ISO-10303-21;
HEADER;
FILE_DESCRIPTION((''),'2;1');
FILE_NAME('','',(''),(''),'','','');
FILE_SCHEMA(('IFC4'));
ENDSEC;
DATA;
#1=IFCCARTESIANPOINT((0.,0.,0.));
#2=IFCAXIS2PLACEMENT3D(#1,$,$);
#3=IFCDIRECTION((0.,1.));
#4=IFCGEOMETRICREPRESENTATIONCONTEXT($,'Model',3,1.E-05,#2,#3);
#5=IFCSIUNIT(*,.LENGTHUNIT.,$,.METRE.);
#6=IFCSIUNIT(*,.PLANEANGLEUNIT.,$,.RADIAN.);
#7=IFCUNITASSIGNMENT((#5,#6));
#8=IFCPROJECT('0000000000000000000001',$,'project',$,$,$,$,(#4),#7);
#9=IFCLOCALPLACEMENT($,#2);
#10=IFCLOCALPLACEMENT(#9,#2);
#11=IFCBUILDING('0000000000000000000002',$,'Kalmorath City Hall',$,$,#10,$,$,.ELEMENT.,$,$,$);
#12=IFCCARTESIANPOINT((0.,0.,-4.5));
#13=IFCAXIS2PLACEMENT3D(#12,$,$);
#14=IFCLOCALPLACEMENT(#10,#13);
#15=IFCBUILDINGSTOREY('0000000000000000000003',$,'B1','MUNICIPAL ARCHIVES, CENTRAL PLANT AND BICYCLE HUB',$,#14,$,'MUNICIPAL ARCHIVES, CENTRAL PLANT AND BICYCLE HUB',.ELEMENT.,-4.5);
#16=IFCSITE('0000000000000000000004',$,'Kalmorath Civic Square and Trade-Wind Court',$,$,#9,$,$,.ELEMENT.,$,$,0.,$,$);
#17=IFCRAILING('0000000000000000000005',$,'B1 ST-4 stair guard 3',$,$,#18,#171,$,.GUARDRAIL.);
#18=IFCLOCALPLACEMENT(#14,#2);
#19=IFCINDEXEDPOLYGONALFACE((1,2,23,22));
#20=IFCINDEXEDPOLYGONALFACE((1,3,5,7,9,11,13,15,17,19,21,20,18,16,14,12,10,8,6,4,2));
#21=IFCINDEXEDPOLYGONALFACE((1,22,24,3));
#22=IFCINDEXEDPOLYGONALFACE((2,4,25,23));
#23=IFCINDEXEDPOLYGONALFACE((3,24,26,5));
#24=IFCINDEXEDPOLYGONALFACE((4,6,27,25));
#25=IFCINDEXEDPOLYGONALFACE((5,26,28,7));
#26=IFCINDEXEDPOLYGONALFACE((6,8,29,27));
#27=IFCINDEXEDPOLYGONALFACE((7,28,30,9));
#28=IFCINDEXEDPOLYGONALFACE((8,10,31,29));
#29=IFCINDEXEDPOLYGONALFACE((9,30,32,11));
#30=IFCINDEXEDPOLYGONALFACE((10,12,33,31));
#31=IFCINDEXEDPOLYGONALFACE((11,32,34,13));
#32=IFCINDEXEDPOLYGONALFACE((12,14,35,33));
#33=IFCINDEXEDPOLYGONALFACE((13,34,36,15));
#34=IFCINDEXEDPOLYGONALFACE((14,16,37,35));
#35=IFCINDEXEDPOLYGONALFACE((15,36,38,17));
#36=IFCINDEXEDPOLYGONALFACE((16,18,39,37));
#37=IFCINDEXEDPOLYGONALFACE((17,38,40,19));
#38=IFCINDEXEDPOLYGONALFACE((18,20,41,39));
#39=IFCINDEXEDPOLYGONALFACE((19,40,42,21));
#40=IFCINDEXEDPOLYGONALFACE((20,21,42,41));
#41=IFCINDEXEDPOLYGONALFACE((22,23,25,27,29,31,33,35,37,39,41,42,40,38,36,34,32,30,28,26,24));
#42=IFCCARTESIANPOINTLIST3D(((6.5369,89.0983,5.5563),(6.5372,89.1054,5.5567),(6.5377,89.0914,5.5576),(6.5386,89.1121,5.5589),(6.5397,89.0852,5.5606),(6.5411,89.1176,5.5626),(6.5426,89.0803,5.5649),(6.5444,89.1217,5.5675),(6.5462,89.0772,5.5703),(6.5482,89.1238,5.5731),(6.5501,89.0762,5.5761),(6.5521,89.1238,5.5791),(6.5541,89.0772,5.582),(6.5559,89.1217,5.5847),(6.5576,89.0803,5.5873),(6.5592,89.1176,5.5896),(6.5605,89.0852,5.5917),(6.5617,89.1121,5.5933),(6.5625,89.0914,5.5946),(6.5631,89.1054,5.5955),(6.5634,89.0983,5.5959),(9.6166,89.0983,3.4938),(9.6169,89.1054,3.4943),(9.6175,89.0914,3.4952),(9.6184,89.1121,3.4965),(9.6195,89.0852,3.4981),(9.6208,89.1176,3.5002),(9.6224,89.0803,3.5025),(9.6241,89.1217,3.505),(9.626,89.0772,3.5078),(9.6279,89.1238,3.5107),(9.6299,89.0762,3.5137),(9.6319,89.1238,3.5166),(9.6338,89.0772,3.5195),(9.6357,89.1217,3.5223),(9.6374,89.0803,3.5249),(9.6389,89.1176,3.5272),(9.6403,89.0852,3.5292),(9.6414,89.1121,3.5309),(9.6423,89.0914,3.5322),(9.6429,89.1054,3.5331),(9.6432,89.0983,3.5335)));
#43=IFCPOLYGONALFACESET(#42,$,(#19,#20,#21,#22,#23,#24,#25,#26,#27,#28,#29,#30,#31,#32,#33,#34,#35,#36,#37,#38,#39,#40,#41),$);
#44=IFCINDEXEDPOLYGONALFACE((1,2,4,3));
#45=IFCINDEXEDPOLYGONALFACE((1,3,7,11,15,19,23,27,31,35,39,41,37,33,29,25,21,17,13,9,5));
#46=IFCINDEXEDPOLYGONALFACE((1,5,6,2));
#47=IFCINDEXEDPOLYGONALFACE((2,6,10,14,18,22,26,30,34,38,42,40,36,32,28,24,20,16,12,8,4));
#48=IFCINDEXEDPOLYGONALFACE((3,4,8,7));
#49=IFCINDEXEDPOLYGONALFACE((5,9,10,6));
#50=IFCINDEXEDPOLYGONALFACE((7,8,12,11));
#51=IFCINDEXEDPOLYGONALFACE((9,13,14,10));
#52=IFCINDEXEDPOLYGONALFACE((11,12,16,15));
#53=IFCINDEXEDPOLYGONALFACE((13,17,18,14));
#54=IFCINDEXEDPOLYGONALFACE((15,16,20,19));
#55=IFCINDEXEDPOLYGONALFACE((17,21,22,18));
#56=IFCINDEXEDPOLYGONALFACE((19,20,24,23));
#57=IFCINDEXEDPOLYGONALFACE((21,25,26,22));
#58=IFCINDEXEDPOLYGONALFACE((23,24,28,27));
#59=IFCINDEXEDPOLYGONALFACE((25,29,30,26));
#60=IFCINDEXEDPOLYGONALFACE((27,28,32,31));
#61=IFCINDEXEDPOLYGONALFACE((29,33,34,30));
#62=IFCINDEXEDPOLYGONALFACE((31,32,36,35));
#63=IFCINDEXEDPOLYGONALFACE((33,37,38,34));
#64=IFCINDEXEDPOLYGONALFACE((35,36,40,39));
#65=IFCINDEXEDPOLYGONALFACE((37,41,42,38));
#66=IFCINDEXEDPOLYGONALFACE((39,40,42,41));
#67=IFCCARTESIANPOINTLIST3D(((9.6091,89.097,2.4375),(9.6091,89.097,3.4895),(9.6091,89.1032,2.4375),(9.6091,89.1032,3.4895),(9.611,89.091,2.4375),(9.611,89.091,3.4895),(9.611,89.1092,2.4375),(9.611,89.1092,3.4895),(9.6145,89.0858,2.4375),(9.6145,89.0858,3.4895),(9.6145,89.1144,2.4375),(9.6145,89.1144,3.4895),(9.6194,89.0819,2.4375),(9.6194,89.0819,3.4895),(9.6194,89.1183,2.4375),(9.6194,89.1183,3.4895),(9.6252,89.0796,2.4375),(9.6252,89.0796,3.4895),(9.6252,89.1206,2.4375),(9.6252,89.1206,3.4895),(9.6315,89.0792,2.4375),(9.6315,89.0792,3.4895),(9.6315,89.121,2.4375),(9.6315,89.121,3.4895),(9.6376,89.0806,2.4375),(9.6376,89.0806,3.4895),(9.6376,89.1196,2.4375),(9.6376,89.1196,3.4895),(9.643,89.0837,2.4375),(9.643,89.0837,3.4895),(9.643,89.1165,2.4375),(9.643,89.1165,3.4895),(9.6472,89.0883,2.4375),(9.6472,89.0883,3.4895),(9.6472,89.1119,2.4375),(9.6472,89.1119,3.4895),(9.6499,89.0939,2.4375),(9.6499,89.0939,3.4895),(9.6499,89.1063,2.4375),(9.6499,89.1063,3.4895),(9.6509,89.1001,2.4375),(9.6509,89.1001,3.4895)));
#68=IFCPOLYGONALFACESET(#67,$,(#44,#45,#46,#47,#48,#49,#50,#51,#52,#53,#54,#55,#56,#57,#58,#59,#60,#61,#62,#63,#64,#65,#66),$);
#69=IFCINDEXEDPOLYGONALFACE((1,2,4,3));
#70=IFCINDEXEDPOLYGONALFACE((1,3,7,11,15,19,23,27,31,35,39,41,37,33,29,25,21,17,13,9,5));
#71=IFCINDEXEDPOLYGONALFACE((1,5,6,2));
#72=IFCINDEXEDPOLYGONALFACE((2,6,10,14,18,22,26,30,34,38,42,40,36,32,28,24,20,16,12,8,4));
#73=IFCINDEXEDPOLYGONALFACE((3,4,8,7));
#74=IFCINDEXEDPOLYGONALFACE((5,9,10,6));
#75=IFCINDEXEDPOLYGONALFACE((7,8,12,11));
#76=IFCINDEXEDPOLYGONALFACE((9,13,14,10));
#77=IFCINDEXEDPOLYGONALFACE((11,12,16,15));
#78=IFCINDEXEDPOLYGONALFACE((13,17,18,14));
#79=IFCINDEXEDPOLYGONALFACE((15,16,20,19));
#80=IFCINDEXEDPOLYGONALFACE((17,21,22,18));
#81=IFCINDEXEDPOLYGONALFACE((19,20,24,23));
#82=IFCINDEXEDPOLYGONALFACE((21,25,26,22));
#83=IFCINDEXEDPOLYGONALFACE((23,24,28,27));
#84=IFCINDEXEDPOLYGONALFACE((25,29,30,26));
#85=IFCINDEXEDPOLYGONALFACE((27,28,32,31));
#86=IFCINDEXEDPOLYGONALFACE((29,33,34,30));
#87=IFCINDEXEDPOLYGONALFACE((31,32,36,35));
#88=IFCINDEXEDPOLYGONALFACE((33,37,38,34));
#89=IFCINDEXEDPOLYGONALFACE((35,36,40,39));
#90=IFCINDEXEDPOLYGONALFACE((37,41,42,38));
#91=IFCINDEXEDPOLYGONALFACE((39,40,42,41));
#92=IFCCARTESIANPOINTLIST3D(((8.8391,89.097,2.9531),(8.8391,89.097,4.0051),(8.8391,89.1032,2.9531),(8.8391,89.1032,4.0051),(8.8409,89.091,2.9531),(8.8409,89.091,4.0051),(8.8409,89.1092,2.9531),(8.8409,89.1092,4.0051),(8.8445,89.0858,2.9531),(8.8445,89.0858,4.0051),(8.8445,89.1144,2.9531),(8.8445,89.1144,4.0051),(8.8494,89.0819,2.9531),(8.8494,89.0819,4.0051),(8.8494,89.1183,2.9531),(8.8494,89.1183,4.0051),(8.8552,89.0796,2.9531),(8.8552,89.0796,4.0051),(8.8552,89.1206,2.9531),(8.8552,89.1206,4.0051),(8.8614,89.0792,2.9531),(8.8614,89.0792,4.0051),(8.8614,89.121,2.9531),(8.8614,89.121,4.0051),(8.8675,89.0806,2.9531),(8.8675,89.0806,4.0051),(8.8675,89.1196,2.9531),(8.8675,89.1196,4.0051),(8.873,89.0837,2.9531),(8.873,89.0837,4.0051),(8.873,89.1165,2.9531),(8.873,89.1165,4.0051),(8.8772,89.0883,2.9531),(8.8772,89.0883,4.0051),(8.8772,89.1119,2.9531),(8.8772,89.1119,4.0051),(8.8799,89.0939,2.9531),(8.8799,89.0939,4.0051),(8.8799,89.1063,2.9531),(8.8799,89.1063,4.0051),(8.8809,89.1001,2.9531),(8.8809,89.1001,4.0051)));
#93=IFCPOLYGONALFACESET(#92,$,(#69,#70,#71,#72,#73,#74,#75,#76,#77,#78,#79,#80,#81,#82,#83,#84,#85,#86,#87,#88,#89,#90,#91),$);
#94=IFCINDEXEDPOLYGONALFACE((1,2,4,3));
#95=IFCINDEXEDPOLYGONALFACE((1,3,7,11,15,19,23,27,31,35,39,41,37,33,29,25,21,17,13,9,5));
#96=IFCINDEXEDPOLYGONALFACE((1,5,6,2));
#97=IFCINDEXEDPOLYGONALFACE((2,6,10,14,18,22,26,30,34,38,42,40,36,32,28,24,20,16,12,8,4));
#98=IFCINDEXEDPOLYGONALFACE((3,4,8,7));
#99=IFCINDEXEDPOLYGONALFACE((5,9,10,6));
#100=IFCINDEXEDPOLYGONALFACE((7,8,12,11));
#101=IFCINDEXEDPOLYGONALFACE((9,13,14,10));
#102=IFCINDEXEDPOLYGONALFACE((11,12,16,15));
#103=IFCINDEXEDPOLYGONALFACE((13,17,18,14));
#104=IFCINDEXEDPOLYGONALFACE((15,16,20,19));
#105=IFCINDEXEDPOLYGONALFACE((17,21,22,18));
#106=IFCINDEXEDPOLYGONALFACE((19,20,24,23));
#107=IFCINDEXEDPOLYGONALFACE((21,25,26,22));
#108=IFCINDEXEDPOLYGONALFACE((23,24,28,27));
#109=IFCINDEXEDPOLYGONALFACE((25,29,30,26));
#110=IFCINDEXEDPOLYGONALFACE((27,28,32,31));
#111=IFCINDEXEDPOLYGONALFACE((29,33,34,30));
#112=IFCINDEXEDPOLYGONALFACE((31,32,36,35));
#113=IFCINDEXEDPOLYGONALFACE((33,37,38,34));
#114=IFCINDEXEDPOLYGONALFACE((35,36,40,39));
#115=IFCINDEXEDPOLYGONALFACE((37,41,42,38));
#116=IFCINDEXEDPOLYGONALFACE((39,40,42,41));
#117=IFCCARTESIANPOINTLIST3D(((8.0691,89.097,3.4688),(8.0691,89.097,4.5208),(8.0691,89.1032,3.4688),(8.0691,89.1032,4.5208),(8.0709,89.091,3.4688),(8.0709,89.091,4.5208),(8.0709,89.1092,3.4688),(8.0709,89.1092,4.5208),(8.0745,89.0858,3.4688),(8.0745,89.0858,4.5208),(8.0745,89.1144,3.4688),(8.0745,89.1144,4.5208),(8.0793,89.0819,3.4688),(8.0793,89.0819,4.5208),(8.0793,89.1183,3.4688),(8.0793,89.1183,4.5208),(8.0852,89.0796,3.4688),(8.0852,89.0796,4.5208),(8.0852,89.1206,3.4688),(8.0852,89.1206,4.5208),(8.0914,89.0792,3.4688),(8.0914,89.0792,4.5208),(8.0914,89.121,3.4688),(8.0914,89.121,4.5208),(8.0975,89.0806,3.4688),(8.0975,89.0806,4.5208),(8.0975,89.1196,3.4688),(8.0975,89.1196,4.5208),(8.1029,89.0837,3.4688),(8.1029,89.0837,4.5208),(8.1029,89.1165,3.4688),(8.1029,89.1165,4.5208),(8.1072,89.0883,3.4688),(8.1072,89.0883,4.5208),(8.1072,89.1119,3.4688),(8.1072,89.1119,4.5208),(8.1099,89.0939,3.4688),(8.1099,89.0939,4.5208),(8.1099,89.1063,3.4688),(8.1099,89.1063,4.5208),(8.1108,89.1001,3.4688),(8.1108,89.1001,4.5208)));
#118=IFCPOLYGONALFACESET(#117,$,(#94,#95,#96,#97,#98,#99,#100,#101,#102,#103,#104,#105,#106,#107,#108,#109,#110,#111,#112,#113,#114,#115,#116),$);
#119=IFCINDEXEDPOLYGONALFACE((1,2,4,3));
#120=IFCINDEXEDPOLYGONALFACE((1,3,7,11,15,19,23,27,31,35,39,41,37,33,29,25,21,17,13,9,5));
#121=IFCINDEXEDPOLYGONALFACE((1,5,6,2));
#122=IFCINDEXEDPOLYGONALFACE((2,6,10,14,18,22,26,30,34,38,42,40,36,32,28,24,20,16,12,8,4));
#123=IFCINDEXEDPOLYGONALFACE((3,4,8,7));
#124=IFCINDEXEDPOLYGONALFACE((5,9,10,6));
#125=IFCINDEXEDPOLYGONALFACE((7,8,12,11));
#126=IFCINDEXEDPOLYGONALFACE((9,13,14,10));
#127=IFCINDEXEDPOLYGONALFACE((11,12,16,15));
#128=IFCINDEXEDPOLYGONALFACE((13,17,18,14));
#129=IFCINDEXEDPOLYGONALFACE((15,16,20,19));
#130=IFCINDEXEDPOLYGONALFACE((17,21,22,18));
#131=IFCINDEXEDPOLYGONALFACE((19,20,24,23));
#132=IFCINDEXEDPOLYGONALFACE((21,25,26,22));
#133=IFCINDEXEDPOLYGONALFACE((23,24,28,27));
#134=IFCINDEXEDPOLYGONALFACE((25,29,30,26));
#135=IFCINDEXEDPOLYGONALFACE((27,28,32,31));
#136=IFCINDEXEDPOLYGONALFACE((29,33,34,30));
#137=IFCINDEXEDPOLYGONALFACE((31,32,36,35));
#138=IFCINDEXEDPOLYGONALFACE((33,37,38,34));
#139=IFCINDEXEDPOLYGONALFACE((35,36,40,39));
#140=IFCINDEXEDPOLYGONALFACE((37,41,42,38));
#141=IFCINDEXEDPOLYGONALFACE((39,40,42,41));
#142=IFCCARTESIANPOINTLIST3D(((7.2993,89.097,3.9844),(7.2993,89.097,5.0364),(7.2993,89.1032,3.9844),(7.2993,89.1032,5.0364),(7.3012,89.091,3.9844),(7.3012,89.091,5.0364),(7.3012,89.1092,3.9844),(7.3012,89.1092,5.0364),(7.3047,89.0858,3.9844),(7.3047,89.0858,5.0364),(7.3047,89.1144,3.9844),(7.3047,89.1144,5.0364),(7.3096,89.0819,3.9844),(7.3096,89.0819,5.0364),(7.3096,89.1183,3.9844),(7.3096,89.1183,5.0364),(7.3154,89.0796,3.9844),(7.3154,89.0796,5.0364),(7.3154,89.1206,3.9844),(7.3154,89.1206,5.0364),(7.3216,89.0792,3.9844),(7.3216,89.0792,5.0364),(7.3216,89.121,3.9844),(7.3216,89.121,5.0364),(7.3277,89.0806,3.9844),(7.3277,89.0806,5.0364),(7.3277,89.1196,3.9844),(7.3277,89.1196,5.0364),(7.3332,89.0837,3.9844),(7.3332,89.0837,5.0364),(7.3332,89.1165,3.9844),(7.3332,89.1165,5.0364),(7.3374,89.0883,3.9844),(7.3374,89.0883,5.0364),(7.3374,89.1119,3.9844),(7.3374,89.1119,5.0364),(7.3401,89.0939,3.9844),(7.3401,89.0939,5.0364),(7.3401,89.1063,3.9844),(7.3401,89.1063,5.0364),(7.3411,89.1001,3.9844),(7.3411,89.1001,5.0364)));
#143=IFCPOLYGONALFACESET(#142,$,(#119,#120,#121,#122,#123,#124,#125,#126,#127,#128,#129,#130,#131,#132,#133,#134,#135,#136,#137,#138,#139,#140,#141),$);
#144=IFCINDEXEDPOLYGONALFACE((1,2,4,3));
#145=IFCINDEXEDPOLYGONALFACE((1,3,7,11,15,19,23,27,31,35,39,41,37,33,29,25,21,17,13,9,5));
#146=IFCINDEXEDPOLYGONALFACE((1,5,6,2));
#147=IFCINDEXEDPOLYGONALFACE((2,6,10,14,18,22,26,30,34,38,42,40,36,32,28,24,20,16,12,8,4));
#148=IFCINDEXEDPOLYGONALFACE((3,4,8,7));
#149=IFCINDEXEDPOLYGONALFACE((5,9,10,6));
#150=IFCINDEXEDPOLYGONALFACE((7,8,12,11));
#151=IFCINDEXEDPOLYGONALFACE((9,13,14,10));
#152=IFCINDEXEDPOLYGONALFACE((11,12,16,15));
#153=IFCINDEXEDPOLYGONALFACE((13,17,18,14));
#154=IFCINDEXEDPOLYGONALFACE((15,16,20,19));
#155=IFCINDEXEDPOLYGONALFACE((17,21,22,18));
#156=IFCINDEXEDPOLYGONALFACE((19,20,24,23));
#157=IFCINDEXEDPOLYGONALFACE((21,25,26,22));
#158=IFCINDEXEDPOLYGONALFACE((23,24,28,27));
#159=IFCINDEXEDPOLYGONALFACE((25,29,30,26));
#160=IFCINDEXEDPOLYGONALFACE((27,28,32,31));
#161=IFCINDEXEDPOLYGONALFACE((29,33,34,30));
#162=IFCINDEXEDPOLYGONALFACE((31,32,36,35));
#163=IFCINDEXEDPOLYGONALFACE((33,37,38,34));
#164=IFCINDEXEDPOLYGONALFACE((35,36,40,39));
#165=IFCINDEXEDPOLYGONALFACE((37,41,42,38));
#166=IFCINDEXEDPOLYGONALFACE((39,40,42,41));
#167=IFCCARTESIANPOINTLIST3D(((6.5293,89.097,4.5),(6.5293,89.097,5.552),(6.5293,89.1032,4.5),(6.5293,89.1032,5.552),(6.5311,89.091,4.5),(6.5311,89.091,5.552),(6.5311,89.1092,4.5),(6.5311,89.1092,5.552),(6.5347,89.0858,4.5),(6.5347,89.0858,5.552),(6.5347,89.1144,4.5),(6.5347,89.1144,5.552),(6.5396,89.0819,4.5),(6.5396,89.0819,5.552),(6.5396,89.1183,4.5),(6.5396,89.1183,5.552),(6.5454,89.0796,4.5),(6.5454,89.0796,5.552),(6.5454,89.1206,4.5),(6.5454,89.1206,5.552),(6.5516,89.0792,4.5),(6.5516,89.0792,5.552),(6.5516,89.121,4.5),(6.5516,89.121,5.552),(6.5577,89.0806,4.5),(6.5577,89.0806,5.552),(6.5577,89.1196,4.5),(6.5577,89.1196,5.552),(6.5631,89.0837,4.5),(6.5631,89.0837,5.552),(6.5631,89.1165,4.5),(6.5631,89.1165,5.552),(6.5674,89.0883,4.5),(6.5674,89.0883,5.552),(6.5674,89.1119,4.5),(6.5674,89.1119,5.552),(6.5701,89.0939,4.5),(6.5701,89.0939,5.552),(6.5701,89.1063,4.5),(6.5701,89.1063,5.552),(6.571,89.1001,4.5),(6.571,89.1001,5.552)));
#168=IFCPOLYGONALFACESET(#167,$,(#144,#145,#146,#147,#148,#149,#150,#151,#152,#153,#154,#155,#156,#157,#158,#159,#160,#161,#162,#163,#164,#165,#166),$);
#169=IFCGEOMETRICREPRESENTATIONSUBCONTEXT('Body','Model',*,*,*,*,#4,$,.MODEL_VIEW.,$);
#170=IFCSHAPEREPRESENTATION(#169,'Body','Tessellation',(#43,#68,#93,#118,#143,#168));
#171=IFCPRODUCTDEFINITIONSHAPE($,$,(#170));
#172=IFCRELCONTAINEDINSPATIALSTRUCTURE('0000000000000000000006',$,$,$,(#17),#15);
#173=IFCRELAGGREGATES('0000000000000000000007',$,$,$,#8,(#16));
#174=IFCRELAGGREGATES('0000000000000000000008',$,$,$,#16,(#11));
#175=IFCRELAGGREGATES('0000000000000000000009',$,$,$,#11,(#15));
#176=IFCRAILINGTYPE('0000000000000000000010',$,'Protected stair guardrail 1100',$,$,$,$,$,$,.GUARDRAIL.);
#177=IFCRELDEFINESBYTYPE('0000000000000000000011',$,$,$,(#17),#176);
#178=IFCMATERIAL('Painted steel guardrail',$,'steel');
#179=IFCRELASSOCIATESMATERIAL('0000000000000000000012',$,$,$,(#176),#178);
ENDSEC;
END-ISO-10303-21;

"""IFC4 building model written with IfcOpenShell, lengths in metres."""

from ifc_helpers import new_model, si_unit, direction, frame, origin, origin_2d, place, context, subcontext, project, spatial, circle, extrude, material, type_object, element, save


model = new_model("IFC4")

# Units and contexts
model_context = context("Model", 3, precision=1e-05, world=origin(), true_north=direction((0.0, 1.0)))
body_context = subcontext(model_context, "Body", "Model", "MODEL_VIEW")
ifc_project = project(units=[si_unit("LENGTHUNIT", "METRE"), si_unit("PLANEANGLEUNIT", "RADIAN")], contexts=[model_context])

# Site, building, storey
site_placement = place(None, origin())
site = spatial("IfcSite", under=ifc_project, at=site_placement, Name="Kalmorath Civic Square and Trade-Wind Court", CompositionType="ELEMENT", RefElevation=0.0)
building_placement = place(site_placement, origin())
building = spatial("IfcBuilding", under=site, at=building_placement, Name="Kalmorath City Hall", CompositionType="ELEMENT")
storey_placement = place(building_placement, frame((0.0, 0.0, -4.5)))
storey = spatial("IfcBuildingStorey", under=building, at=storey_placement, Name="B1", Description="MUNICIPAL ARCHIVES, CENTRAL PLANT AND BICYCLE HUB", LongName="MUNICIPAL ARCHIVES, CENTRAL PLANT AND BICYCLE HUB", CompositionType="ELEMENT", Elevation=-4.5)

# Railing
ifc_material_1 = material(Name="Painted steel guardrail", Category="steel")
railing_type_1 = type_object("IfcRailingType", Name="Protected stair guardrail 1100", PredefinedType="GUARDRAIL", material=ifc_material_1)
railing_1_placement = place(storey_placement, frame((9.6299, 89.1001, 2.4375)))
element("IfcRailing", 1, at=railing_1_placement, inside=storey, type_object=railing_type_1, Name="B1 ST-4 stair guard 3", PredefinedType="GUARDRAIL", context=body_context, shape_type="SweptSolid", body=[
    extrude(circle(Radius=0.0239, at=origin_2d()), frame((0.0, 0.0, 1.0762), z_axis=(-0.830893, 0.0, 0.556432), x_axis=(0.0, -1.0, 0.0)), (0.0, 0.0, 1.0), 3.7065),
    extrude(circle(Radius=0.021, at=origin_2d()), origin(), (0.0, 0.0, 1.0), 1.052),
    extrude(circle(Radius=0.021, at=origin_2d()), frame((-0.77, 0.0, 0.5156)), (0.0, 0.0, 1.0), 1.052),
    extrude(circle(Radius=0.021, at=origin_2d()), frame((-1.54, 0.0, 1.0312)), (0.0, 0.0, 1.0), 1.052),
    extrude(circle(Radius=0.021, at=origin_2d()), frame((-2.3098, 0.0, 1.5469)), (0.0, 0.0, 1.0), 1.052),
    extrude(circle(Radius=0.021, at=origin_2d()), frame((-3.0798, 0.0, 2.0625)), (0.0, 0.0, 1.0), 1.052),
])

save(model, "model.ifc")
